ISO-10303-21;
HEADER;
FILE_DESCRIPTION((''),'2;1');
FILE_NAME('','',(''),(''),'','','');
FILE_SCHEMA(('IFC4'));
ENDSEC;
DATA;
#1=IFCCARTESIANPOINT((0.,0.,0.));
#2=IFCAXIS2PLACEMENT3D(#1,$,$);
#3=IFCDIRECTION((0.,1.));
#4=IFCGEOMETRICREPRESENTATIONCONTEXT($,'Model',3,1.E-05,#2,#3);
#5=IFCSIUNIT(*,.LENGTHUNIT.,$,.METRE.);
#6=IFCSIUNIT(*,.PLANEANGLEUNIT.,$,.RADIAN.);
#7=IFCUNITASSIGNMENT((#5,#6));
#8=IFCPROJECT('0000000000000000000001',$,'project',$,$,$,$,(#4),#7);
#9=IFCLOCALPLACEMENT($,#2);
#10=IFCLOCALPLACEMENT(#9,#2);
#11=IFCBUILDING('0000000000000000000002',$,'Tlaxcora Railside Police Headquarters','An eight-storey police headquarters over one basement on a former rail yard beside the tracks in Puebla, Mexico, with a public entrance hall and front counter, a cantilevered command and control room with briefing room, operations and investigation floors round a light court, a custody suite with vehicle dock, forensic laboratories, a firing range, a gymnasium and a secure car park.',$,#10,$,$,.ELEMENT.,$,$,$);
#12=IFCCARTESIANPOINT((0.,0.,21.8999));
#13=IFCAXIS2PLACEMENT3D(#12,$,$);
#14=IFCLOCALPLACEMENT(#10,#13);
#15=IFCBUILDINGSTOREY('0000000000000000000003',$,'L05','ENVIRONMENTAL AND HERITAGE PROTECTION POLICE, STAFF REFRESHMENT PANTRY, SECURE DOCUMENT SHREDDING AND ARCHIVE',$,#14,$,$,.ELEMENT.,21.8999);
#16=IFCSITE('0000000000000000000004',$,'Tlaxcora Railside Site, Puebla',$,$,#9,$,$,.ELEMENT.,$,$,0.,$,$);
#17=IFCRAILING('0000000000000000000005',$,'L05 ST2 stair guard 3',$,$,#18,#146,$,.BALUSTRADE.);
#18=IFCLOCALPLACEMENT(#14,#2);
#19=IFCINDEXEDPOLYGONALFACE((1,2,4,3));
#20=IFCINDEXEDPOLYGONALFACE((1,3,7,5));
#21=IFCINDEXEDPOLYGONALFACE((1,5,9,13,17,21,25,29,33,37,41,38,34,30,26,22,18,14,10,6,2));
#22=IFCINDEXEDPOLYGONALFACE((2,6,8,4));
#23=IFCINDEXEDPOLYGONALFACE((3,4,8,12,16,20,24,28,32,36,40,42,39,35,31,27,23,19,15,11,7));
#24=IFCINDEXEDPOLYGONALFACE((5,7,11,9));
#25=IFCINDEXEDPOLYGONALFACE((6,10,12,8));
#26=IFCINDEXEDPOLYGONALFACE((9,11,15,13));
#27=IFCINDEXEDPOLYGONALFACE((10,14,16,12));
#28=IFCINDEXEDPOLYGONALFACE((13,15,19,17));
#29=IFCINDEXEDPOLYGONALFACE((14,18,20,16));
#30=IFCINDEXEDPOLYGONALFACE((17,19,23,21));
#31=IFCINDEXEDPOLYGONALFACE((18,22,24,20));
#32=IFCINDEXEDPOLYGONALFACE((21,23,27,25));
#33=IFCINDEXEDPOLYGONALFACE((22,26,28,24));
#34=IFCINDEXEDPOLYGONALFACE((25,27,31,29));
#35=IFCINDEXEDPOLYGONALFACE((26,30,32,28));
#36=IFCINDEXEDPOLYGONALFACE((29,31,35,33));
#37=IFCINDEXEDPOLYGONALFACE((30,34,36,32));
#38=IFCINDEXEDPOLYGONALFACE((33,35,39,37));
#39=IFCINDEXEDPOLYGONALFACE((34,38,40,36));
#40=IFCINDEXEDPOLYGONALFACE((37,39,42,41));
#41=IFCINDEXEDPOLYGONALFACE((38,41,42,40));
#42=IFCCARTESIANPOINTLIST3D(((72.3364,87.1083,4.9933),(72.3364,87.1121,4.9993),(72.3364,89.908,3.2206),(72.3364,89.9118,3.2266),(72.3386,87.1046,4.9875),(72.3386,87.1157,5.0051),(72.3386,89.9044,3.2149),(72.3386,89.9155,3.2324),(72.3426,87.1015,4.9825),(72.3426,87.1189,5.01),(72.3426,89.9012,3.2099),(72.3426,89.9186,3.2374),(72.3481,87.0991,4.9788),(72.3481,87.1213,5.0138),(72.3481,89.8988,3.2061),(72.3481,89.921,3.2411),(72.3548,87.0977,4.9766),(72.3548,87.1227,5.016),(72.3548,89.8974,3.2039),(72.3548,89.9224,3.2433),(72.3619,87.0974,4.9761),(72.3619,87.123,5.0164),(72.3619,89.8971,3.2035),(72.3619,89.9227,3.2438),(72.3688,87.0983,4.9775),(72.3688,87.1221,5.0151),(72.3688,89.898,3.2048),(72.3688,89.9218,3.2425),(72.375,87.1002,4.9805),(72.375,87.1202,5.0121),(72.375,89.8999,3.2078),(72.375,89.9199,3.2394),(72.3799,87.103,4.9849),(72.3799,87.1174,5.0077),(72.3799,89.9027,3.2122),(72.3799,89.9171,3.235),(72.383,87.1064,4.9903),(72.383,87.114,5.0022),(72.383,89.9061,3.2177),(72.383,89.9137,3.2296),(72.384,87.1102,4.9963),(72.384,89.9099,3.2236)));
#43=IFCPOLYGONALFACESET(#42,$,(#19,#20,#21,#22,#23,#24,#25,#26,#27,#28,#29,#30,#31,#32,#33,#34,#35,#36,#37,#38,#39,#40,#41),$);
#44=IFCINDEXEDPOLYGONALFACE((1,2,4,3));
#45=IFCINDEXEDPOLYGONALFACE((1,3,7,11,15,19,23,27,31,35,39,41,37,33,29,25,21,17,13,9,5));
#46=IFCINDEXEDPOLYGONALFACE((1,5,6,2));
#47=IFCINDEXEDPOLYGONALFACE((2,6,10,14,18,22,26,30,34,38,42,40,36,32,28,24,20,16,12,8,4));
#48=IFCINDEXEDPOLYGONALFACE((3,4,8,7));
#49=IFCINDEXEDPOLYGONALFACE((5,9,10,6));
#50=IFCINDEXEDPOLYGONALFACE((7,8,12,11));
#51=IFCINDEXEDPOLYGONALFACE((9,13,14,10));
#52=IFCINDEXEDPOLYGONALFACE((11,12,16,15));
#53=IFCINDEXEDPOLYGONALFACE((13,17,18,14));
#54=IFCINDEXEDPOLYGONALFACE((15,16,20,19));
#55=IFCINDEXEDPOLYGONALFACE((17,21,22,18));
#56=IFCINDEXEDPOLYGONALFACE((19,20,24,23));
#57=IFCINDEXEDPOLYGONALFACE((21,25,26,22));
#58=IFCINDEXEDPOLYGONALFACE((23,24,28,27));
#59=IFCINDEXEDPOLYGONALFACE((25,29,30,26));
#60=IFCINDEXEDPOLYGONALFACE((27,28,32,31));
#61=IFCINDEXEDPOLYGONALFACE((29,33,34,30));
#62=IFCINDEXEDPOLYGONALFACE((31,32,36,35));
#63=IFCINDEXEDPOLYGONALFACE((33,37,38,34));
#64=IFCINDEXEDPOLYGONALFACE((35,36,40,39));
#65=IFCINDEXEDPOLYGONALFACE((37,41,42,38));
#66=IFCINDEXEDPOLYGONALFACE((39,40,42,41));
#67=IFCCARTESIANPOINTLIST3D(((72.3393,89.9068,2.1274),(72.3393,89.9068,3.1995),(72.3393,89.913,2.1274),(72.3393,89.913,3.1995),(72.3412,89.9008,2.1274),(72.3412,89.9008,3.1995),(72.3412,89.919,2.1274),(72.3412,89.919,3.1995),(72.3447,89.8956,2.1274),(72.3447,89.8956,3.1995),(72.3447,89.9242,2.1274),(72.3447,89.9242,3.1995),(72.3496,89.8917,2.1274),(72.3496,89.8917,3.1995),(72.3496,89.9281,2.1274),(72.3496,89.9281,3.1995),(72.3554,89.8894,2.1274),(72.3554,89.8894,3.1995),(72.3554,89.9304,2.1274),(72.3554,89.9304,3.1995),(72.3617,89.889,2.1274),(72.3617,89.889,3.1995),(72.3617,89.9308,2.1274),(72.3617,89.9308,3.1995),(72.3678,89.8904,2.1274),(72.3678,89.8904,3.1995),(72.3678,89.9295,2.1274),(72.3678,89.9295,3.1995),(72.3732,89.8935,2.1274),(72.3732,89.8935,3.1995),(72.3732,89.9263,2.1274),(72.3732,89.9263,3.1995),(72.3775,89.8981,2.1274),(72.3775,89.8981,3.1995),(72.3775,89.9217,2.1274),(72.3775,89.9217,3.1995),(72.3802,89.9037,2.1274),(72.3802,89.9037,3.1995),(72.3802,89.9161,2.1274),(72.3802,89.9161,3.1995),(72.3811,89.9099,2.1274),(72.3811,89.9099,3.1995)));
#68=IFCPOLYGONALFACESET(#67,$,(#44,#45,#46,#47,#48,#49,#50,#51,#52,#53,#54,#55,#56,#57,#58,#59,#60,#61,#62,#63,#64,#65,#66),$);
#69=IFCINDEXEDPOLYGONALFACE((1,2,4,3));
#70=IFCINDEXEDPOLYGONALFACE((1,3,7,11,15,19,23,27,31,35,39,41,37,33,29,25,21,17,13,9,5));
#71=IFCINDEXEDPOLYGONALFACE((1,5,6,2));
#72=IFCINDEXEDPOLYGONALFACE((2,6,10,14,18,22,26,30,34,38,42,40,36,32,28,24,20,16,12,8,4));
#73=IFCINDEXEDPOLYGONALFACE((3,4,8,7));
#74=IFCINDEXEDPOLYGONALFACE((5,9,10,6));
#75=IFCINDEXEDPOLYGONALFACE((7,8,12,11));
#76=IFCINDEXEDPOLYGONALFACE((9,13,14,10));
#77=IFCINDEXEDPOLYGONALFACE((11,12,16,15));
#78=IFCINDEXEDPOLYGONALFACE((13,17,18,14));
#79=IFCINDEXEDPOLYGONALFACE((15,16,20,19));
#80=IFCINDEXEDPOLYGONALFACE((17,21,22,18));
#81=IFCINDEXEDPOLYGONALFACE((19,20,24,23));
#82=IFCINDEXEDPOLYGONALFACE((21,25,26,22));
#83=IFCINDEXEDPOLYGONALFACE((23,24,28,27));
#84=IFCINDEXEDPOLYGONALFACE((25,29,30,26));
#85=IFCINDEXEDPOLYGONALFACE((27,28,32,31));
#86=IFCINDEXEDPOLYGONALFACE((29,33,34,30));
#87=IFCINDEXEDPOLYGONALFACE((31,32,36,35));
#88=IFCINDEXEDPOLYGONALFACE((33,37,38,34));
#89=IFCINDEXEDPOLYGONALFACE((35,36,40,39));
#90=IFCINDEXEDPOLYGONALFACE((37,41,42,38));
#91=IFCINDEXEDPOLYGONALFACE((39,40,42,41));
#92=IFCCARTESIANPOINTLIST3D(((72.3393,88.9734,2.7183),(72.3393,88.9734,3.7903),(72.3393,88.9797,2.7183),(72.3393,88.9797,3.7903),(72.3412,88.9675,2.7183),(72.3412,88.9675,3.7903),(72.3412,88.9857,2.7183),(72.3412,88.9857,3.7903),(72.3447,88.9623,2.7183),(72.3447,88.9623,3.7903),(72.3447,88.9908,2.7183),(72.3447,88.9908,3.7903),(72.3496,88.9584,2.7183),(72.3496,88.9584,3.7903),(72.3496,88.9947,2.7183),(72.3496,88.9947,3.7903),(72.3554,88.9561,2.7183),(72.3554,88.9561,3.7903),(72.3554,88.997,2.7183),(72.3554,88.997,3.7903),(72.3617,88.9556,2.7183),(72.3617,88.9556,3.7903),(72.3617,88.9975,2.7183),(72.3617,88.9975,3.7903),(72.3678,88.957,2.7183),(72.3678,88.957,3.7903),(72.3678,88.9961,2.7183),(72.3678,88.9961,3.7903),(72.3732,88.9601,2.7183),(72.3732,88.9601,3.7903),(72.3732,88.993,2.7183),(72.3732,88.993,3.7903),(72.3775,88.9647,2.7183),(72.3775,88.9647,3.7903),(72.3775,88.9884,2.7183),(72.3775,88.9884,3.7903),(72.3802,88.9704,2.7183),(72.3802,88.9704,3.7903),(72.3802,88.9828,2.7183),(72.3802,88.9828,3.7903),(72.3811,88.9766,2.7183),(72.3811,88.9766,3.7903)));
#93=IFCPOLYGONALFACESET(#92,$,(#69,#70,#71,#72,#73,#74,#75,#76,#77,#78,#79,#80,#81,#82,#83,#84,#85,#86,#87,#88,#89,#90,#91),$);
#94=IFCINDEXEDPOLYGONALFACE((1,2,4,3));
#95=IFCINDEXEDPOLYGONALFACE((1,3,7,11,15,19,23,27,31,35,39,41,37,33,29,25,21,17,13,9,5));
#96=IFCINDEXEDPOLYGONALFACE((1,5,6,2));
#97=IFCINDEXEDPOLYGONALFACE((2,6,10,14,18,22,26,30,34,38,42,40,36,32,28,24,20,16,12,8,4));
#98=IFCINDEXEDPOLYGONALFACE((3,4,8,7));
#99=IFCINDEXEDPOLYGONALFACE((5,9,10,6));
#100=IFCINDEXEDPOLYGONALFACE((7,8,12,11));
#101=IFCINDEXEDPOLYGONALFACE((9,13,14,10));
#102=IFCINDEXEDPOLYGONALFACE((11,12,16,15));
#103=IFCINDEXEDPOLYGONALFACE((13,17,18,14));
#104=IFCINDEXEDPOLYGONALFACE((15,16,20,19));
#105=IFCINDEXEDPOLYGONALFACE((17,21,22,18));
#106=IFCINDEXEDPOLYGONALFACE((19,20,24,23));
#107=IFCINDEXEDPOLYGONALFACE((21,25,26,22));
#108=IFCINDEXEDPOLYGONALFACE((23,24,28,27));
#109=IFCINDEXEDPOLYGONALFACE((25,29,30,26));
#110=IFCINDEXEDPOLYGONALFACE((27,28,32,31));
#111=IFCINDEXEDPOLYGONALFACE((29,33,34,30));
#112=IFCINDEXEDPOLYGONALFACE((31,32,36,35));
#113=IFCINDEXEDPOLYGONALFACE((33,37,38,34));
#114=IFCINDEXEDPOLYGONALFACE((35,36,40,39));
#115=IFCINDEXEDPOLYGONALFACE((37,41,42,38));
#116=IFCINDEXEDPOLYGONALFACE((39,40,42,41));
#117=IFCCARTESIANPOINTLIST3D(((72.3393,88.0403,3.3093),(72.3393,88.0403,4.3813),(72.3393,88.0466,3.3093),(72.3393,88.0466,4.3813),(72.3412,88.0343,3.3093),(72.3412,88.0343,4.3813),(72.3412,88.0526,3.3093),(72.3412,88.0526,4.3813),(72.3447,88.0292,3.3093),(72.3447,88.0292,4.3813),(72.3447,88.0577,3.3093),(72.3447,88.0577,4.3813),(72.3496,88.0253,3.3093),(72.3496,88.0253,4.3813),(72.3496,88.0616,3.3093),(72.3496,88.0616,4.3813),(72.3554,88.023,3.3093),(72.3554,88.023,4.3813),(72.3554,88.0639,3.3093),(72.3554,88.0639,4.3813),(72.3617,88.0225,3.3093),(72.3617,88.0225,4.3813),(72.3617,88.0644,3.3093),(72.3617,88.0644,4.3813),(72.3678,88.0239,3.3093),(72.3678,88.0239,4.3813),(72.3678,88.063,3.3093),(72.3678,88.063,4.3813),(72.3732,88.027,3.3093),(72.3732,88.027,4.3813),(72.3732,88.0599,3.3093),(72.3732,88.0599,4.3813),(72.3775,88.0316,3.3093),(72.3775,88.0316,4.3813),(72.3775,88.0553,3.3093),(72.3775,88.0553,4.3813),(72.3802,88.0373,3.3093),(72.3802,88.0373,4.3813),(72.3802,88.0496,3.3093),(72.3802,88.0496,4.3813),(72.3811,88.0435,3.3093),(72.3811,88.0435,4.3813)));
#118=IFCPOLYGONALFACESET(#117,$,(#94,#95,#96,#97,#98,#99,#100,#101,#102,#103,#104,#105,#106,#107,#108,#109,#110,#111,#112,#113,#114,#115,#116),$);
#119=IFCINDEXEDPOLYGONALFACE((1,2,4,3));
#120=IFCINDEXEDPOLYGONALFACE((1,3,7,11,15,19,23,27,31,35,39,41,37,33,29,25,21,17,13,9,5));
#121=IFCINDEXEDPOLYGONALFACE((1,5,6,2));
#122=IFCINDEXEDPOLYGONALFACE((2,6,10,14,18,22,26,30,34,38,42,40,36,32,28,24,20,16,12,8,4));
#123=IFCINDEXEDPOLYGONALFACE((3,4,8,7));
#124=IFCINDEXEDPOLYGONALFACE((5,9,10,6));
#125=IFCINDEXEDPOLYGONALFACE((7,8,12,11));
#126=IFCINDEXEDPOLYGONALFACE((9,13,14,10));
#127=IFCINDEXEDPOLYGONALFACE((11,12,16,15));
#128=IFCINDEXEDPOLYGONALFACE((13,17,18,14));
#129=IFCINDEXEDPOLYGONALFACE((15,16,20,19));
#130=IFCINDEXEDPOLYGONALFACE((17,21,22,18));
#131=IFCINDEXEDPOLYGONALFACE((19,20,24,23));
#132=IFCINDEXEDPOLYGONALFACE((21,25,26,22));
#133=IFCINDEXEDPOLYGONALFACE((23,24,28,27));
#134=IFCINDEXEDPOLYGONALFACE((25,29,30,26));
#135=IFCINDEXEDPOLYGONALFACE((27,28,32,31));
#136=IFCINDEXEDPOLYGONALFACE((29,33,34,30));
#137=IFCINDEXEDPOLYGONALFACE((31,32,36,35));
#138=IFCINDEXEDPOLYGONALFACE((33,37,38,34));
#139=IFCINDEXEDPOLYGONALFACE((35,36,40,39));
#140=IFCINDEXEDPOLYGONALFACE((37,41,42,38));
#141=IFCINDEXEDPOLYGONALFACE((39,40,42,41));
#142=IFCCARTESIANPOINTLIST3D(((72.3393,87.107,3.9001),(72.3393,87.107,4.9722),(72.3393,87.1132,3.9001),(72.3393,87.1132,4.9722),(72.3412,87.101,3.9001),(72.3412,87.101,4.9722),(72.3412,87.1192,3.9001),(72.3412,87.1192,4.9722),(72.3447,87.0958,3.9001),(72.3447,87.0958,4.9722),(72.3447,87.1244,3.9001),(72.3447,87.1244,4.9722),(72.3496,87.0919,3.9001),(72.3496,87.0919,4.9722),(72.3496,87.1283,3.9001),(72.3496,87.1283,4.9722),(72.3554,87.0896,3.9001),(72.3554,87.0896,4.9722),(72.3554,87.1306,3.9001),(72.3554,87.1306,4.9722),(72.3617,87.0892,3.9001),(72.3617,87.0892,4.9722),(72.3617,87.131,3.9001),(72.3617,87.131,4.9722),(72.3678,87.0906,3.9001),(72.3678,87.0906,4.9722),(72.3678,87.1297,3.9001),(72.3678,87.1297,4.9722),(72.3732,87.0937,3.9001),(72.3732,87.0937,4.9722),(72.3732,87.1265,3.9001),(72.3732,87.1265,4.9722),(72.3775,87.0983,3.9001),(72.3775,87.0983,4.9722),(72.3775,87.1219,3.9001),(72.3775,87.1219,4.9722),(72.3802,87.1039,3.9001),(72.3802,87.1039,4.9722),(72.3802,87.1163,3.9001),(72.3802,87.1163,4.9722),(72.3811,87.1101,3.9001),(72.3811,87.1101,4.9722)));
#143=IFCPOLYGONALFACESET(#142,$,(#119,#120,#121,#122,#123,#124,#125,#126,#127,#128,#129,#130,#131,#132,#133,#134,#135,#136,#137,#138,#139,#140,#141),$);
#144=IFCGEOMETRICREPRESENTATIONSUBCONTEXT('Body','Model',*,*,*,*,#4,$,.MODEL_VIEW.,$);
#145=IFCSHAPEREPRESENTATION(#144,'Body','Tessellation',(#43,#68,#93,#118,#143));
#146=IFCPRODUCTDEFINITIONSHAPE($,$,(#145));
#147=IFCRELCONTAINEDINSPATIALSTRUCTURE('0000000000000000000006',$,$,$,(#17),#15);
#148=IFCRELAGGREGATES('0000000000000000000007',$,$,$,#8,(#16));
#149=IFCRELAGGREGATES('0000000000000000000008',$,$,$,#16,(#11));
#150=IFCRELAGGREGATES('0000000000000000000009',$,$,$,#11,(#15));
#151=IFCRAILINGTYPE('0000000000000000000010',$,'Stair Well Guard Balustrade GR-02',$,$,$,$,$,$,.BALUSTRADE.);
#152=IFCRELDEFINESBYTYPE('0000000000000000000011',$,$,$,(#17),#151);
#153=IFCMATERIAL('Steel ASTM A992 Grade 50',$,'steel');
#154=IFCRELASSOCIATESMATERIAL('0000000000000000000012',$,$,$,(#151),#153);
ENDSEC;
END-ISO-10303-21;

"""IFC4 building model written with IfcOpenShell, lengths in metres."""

from ifc_helpers import new_model, si_unit, direction, frame, origin, origin_2d, place, context, subcontext, project, spatial, circle, extrude, material, type_object, element, save


model = new_model("IFC4")

# Units and contexts
model_context = context("Model", 3, precision=1e-05, world=origin(), true_north=direction((0.0, 1.0)))
body_context = subcontext(model_context, "Body", "Model", "MODEL_VIEW")
ifc_project = project(units=[si_unit("LENGTHUNIT", "METRE"), si_unit("PLANEANGLEUNIT", "RADIAN")], contexts=[model_context])

# Site, building, storey
site_placement = place(None, origin())
site = spatial("IfcSite", under=ifc_project, at=site_placement, Name="Tlaxcora Railside Site, Puebla", CompositionType="ELEMENT", RefElevation=0.0)
building_placement = place(site_placement, origin())
building = spatial("IfcBuilding", under=site, at=building_placement, Name="Tlaxcora Railside Police Headquarters", Description="An eight-storey police headquarters over one basement on a former rail yard beside the tracks in Puebla, Mexico, with a public entrance hall and front counter, a cantilevered command and control room with briefing room, operations and investigation floors round a light court, a custody suite with vehicle dock, forensic laboratories, a firing range, a gymnasium and a secure car park.", CompositionType="ELEMENT")
storey_placement = place(building_placement, frame((0.0, 0.0, 21.8999)))
storey = spatial("IfcBuildingStorey", under=building, at=storey_placement, Name="L05", Description="ENVIRONMENTAL AND HERITAGE PROTECTION POLICE, STAFF REFRESHMENT PANTRY, SECURE DOCUMENT SHREDDING AND ARCHIVE", CompositionType="ELEMENT", Elevation=21.8999)

# Shared definitions
ifc_material_1 = material(Name="Steel ASTM A992 Grade 50", Category="steel")

# Railing
railing_type_1 = type_object("IfcRailingType", Name="Stair Well Guard Balustrade GR-02", PredefinedType="BALUSTRADE", material=ifc_material_1)
railing_1_placement = place(storey_placement, frame((72.3601, 89.9099, 2.1274)))
element("IfcRailing", 1, at=railing_1_placement, inside=storey, type_object=railing_type_1, Name="L05 ST2 stair guard 3", PredefinedType="BALUSTRADE", context=body_context, shape_type="SweptSolid", body=[
    extrude(circle(Radius=0.0239, at=origin_2d()), frame((0.0, 0.0, 1.0962), z_axis=(0.0, -0.844888, 0.534943), x_axis=(1.0, 0.0, 0.0)), (0.0, 0.0, 1.0), 3.3137),
    extrude(circle(Radius=0.021, at=origin_2d()), origin(), (0.0, 0.0, 1.0), 1.072),
    extrude(circle(Radius=0.021, at=origin_2d()), frame((0.0, -0.9333, 0.5908)), (0.0, 0.0, 1.0), 1.072),
    extrude(circle(Radius=0.021, at=origin_2d()), frame((0.0, -1.8665, 1.1819)), (0.0, 0.0, 1.0), 1.072),
    extrude(circle(Radius=0.021, at=origin_2d()), frame((0.0, -2.7998, 1.7727)), (0.0, 0.0, 1.0), 1.072),
])

save(model, "model.ifc")
